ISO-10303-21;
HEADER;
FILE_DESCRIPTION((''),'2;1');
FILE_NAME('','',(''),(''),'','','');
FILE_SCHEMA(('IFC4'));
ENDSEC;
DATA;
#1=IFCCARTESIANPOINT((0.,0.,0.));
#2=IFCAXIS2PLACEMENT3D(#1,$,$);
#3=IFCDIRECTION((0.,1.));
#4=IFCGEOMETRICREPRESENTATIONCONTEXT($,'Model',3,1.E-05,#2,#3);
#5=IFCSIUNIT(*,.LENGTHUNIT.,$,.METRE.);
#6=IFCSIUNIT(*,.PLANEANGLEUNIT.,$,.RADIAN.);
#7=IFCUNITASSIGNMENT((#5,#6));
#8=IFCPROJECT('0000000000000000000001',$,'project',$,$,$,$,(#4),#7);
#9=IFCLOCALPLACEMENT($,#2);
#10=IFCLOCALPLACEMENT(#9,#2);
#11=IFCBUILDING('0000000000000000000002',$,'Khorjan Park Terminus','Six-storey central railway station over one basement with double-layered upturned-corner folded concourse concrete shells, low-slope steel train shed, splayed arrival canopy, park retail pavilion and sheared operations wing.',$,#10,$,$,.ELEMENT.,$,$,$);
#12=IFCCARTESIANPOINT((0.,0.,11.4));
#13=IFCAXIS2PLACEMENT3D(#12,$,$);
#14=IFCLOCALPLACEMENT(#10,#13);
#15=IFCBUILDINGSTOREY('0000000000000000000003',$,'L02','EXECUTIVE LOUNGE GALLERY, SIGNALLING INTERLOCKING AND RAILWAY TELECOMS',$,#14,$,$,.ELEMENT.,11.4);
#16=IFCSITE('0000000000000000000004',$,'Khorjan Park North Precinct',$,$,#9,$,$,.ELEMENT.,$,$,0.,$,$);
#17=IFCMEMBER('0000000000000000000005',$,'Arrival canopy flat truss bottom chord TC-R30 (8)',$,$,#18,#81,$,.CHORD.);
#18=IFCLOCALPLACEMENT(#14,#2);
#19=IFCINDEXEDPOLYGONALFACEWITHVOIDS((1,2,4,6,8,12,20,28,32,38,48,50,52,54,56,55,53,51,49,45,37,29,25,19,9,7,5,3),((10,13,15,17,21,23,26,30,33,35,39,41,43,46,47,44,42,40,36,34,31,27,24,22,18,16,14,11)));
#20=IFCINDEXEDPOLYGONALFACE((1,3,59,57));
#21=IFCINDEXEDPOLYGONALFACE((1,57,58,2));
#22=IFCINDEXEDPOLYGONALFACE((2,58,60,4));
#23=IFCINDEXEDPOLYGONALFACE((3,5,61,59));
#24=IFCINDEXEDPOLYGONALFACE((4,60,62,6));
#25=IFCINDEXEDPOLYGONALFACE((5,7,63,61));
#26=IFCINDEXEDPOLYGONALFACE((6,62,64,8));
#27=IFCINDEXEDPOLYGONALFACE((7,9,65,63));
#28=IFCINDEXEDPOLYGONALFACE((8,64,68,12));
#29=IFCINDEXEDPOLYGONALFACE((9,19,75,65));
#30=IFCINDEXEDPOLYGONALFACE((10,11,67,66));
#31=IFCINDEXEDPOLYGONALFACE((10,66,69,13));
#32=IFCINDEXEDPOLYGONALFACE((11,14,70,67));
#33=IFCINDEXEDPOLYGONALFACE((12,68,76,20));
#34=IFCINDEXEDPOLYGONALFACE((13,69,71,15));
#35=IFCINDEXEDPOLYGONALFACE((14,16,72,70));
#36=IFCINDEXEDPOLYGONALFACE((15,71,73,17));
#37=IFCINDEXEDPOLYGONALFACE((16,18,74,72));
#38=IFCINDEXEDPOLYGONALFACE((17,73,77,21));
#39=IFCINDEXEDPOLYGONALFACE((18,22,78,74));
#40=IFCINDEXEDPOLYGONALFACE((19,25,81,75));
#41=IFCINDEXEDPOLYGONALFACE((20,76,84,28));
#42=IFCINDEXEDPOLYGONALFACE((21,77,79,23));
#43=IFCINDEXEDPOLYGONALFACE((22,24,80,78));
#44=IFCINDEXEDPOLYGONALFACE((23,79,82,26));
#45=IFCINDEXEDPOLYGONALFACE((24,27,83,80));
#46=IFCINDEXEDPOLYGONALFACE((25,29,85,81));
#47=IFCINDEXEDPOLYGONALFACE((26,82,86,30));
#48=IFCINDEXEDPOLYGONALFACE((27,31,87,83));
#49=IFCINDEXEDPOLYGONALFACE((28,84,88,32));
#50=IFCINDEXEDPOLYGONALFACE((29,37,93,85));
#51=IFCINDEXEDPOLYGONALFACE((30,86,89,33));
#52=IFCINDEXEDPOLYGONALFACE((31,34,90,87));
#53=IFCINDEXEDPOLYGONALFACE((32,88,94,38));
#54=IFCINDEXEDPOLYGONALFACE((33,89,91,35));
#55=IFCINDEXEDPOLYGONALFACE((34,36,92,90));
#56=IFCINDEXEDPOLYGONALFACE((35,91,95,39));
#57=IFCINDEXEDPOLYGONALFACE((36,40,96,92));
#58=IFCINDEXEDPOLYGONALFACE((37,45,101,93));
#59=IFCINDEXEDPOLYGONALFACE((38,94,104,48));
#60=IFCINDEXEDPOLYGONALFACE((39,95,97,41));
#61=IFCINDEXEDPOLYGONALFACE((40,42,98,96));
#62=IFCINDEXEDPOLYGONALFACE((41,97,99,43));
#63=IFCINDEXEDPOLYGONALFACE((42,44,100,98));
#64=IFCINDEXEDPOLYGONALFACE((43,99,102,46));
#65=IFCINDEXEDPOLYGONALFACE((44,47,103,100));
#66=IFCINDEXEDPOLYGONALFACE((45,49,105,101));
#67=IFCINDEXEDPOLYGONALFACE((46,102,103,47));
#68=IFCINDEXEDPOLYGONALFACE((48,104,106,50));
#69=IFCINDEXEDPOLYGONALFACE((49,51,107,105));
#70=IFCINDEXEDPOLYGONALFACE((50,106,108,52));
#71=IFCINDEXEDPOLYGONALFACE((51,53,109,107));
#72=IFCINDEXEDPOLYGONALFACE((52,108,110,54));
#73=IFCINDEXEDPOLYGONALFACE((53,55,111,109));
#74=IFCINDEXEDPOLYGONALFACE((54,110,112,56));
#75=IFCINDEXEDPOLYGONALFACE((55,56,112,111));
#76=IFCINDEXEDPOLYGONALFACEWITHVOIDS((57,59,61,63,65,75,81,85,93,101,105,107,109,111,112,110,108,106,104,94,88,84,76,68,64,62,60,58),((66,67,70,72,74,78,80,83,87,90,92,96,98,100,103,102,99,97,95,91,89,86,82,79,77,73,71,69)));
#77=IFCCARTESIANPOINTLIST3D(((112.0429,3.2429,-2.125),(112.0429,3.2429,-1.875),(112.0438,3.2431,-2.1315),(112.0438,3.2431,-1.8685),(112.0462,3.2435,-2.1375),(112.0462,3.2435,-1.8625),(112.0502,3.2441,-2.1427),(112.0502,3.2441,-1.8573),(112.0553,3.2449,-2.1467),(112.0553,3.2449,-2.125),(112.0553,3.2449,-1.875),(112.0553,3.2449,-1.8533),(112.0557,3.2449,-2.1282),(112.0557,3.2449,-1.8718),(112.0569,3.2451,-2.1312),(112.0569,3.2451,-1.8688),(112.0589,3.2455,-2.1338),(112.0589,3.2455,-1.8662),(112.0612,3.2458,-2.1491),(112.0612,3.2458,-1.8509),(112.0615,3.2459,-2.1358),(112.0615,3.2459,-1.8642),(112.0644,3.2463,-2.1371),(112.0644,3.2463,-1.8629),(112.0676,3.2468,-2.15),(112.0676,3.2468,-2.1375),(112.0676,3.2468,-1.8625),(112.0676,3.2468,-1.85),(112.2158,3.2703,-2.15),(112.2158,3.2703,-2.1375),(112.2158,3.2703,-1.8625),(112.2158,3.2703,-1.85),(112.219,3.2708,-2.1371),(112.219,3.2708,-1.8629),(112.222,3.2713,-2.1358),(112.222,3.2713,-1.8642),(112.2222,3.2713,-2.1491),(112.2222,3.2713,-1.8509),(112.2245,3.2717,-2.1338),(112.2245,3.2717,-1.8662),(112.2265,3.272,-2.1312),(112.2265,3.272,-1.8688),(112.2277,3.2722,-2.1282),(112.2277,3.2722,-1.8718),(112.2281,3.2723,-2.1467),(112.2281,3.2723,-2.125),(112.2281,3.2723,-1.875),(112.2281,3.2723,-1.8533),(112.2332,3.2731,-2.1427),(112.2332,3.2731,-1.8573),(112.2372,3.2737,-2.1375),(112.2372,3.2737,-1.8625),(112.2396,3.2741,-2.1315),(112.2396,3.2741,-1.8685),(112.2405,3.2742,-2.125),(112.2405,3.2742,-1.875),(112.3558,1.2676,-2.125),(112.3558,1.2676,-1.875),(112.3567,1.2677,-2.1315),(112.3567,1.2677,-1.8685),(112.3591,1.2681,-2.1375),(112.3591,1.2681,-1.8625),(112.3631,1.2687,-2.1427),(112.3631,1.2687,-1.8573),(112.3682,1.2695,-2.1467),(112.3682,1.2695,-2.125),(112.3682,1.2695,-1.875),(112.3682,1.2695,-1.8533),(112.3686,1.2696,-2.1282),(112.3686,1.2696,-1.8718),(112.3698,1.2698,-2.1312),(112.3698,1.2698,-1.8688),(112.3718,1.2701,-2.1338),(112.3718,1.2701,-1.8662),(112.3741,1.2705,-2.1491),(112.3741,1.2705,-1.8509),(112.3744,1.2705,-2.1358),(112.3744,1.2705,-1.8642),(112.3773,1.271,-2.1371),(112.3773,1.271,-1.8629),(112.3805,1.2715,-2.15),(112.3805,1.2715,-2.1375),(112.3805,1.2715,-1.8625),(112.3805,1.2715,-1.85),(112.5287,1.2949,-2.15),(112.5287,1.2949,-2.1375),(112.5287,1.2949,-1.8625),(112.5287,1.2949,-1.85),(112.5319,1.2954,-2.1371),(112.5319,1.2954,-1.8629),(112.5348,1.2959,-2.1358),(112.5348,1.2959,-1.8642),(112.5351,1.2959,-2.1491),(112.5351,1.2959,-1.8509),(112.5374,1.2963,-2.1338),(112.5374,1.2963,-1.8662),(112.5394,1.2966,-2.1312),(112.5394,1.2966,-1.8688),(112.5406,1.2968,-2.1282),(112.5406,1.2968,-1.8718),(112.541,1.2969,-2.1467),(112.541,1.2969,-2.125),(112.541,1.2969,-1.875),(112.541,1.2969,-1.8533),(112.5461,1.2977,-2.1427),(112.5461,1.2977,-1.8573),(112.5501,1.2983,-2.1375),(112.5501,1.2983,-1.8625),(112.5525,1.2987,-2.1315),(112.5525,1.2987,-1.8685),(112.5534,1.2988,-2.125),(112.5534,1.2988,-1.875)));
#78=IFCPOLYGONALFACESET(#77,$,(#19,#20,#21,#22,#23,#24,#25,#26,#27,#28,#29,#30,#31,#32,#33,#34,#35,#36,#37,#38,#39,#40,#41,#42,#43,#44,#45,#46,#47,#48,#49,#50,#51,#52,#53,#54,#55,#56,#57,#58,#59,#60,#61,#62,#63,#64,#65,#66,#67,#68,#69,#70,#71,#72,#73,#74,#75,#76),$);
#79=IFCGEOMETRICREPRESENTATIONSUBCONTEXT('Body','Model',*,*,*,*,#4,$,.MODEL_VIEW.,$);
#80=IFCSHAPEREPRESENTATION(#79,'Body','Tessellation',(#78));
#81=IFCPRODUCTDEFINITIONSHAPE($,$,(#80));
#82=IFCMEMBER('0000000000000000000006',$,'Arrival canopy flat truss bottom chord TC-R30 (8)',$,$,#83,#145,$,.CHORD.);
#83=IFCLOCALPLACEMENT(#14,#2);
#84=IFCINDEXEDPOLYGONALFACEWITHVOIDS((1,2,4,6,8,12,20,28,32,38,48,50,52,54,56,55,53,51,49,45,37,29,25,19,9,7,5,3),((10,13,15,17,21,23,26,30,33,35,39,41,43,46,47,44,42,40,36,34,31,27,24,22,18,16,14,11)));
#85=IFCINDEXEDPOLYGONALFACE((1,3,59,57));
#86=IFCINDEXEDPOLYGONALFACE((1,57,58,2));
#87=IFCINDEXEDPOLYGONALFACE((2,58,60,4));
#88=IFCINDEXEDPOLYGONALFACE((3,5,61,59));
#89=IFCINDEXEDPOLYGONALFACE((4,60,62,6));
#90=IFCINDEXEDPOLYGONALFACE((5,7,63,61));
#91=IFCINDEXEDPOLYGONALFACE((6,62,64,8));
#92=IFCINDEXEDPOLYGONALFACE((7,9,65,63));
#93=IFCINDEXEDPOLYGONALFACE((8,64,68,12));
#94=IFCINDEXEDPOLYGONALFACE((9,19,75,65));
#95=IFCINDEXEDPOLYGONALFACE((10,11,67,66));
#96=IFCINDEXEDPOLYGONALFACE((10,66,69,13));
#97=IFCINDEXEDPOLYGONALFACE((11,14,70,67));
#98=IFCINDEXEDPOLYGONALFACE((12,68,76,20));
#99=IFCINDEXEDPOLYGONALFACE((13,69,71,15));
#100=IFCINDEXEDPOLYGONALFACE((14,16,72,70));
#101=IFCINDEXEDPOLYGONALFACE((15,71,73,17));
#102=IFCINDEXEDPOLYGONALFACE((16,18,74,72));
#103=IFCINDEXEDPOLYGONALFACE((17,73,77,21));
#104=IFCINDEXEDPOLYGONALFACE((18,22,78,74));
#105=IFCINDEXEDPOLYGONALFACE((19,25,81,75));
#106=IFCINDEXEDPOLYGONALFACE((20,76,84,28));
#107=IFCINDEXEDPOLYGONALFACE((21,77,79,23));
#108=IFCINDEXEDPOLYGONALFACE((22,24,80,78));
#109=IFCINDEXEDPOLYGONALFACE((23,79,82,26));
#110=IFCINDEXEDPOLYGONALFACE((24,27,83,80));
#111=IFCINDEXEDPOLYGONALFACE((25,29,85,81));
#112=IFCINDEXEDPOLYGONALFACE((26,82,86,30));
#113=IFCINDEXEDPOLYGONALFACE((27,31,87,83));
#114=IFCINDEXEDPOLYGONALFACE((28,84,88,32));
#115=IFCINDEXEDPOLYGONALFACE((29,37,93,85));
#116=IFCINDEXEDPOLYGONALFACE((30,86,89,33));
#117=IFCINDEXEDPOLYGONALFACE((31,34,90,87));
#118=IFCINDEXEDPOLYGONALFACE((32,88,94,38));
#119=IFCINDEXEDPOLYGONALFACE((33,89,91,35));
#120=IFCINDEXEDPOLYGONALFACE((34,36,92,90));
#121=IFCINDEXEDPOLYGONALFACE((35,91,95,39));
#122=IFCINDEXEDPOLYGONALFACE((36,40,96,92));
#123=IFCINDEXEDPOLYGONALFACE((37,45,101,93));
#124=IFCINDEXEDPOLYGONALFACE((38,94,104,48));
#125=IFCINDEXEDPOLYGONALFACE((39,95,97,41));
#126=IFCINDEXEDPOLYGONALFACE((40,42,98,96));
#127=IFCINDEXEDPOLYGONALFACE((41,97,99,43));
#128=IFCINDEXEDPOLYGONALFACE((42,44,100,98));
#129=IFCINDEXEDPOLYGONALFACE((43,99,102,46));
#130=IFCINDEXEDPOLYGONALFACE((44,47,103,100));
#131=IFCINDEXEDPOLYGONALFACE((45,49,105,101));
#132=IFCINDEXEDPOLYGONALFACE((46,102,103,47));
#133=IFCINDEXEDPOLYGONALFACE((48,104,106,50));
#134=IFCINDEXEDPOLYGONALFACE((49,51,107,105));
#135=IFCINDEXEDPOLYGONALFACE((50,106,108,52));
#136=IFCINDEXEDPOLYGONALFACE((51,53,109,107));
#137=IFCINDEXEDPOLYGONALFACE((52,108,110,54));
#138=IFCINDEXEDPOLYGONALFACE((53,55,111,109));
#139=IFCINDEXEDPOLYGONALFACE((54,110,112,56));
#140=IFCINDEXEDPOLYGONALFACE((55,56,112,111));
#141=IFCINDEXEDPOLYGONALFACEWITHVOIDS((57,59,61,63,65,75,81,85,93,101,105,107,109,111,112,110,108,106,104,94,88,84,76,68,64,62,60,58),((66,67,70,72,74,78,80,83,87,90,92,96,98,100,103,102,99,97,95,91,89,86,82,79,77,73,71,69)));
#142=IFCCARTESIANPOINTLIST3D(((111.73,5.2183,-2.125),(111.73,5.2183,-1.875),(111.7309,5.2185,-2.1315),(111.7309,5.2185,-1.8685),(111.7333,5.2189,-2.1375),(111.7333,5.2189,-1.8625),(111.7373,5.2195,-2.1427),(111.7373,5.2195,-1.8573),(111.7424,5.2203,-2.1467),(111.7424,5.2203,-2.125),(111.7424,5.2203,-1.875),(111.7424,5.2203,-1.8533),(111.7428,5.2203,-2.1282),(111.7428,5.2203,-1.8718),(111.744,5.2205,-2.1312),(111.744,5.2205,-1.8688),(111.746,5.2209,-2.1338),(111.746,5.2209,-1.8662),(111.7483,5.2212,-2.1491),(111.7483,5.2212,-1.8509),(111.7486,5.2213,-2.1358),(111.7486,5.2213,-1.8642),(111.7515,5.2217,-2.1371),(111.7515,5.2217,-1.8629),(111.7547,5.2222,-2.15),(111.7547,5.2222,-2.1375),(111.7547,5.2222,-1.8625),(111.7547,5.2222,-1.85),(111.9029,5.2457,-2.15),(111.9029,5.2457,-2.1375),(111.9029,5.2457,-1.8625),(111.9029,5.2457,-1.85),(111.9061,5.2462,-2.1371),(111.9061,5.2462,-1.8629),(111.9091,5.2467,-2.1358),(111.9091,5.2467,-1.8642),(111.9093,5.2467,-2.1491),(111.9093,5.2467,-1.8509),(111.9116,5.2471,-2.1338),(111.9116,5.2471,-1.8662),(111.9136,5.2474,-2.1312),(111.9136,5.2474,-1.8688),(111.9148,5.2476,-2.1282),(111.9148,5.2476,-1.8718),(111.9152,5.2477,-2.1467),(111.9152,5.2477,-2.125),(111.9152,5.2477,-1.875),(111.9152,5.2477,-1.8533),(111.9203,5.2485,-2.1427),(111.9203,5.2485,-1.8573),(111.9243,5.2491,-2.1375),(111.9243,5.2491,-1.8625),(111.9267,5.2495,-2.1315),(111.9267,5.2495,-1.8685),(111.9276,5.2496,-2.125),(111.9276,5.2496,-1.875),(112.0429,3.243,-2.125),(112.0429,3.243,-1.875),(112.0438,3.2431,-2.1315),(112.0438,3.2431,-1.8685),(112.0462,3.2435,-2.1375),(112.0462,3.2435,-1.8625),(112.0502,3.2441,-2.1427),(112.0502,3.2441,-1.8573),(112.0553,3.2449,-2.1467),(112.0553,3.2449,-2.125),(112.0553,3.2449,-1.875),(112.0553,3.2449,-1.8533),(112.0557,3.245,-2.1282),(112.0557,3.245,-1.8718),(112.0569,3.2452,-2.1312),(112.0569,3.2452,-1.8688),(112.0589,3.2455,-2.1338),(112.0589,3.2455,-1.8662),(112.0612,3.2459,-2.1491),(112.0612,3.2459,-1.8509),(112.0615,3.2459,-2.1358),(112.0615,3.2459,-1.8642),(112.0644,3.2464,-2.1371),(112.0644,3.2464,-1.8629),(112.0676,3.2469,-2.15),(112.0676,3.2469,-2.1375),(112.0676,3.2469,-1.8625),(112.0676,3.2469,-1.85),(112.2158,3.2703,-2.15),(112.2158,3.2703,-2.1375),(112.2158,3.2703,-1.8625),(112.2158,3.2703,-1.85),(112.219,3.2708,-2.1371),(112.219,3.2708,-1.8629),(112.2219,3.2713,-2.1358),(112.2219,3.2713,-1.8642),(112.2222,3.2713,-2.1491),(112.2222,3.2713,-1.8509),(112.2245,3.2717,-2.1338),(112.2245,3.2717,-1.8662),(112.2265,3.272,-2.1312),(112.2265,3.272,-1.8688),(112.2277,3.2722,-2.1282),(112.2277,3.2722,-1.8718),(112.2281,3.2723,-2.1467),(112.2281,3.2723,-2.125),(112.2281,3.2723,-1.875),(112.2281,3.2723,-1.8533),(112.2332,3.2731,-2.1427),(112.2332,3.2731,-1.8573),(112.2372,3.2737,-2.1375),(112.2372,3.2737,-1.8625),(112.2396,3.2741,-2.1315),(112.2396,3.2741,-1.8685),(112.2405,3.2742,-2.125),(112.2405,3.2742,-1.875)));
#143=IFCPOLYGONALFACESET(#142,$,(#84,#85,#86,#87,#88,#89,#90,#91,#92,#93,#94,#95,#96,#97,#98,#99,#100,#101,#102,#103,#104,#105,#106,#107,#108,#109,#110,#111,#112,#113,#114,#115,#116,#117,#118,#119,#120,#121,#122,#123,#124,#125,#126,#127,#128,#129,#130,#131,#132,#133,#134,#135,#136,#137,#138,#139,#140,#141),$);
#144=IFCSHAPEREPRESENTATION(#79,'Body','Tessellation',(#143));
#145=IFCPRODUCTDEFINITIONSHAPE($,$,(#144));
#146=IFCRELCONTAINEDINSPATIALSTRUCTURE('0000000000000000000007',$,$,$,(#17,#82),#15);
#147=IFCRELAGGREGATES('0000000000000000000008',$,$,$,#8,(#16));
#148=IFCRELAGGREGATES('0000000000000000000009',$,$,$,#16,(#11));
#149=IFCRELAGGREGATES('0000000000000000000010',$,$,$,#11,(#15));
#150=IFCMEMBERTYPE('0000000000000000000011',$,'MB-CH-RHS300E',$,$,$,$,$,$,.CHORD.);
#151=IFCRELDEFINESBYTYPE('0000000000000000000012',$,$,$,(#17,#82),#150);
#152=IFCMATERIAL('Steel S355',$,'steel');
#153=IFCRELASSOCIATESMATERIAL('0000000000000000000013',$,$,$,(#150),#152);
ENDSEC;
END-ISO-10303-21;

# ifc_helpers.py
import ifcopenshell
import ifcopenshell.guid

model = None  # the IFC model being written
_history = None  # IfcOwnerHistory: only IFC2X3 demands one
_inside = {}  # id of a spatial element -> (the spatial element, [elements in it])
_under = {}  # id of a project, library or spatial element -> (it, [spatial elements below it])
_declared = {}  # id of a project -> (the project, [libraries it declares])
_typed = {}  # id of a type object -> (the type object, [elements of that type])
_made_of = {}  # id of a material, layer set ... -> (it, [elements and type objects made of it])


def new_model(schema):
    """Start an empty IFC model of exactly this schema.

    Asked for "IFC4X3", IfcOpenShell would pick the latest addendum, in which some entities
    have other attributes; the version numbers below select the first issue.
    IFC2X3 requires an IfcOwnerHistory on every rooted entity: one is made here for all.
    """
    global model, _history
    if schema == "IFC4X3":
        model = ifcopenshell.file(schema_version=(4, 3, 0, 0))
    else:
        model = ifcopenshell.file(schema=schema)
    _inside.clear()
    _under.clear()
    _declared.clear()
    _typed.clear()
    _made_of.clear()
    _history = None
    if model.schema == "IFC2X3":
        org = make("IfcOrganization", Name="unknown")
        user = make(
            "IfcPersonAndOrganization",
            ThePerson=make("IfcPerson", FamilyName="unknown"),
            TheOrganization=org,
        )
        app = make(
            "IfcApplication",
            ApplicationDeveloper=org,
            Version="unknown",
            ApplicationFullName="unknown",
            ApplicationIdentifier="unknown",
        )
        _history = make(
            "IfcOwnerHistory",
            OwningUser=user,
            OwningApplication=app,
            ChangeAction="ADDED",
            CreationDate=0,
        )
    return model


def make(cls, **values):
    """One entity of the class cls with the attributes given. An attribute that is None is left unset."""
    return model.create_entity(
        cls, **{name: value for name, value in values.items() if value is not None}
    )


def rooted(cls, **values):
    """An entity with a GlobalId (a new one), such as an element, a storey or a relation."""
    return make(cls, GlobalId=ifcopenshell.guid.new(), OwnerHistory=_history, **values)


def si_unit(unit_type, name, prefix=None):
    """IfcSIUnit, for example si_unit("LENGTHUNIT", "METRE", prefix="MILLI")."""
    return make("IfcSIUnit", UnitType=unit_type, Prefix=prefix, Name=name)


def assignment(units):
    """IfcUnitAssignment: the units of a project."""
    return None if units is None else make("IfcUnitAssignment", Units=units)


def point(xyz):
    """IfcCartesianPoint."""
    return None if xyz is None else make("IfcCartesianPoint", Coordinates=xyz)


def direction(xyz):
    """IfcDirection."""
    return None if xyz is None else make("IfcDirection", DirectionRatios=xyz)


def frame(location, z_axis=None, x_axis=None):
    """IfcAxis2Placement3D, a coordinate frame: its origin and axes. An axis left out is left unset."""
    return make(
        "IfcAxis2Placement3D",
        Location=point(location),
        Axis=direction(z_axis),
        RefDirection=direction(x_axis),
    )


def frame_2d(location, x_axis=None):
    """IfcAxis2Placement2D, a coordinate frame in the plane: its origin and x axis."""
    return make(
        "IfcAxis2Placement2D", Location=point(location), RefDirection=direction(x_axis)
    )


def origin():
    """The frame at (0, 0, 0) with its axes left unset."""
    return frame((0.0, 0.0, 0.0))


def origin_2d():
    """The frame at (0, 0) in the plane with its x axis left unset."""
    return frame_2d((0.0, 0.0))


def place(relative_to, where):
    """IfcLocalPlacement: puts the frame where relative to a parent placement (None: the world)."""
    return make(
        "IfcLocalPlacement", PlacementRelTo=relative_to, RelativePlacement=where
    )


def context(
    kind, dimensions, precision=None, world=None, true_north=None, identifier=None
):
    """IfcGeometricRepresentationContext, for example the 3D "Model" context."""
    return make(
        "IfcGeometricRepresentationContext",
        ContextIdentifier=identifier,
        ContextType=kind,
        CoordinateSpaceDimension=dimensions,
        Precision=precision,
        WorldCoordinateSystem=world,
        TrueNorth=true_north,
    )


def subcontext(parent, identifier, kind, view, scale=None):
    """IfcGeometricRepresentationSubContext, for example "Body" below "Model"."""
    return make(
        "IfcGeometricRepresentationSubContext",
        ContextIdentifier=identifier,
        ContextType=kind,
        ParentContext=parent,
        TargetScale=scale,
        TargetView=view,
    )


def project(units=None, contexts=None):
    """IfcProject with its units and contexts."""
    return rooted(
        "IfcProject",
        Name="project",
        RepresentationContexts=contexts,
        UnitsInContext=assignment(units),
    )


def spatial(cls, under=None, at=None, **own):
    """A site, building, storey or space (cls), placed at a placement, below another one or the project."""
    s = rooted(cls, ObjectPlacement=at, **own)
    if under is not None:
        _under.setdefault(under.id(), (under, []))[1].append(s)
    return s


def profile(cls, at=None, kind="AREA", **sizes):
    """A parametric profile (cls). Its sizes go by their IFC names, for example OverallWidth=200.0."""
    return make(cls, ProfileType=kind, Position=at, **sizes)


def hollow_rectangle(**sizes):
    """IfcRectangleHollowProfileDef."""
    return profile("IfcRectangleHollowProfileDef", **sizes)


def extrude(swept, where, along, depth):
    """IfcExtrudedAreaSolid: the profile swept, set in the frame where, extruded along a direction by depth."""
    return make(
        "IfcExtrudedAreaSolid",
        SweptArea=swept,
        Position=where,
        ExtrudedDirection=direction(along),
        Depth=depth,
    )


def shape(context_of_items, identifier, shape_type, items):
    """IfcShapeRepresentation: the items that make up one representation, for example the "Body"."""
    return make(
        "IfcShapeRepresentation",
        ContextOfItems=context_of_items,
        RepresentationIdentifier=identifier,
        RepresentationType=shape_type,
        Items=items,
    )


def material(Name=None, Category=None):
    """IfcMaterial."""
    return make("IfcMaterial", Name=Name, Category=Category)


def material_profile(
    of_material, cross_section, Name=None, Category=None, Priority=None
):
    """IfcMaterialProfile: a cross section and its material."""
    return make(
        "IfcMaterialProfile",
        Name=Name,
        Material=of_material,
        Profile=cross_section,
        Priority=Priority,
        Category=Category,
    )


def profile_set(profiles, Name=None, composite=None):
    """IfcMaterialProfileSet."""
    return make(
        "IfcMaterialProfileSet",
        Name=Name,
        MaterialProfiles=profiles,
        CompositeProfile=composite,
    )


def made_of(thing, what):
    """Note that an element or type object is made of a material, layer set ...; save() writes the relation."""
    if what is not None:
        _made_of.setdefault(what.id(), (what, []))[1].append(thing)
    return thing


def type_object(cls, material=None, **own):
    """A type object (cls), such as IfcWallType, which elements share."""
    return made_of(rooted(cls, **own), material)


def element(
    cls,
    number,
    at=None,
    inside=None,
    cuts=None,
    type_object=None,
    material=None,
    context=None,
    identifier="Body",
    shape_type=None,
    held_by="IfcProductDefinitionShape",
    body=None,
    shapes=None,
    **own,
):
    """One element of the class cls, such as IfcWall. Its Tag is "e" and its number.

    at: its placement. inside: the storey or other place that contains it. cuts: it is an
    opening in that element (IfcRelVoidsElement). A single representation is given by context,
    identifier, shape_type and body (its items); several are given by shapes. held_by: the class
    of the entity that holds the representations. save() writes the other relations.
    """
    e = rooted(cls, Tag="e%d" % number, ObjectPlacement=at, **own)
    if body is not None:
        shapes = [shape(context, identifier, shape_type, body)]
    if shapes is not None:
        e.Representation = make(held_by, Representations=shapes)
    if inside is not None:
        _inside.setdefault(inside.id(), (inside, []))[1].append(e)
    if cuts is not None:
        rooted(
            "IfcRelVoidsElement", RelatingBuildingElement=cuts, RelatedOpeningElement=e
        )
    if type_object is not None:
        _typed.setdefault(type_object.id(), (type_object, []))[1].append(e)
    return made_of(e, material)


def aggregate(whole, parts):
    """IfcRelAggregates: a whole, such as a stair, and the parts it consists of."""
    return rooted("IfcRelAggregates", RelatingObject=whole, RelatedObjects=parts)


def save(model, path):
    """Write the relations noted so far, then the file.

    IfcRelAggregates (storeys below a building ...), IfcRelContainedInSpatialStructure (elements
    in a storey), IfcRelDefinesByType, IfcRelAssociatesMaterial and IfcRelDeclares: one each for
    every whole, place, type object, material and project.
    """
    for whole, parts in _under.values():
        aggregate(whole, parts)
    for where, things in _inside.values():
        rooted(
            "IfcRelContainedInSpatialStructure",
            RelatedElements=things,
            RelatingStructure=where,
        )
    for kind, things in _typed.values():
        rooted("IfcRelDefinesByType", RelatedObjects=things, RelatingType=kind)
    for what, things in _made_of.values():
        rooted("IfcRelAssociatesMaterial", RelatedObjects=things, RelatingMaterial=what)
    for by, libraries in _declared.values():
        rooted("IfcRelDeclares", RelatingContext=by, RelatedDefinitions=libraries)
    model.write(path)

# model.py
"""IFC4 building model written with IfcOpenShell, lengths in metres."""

from ifc_helpers import new_model, si_unit, direction, frame, origin, origin_2d, place, context, subcontext, project, spatial, hollow_rectangle, extrude, material, material_profile, profile_set, type_object, element, save


model = new_model("IFC4")

# Units and contexts
model_context = context("Model", 3, precision=1e-05, world=origin(), true_north=direction((0.0, 1.0)))
body_context = subcontext(model_context, "Body", "Model", "MODEL_VIEW")
ifc_project = project(units=[si_unit("LENGTHUNIT", "METRE"), si_unit("PLANEANGLEUNIT", "RADIAN")], contexts=[model_context])

# Site, building, storey
site_placement = place(None, origin())
site = spatial("IfcSite", under=ifc_project, at=site_placement, Name="Khorjan Park North Precinct", CompositionType="ELEMENT", RefElevation=0.0)
building_placement = place(site_placement, origin())
building = spatial("IfcBuilding", under=site, at=building_placement, Name="Khorjan Park Terminus", Description="Six-storey central railway station over one basement with double-layered upturned-corner folded concourse concrete shells, low-slope steel train shed, splayed arrival canopy, park retail pavilion and sheared operations wing.", CompositionType="ELEMENT")
storey_placement = place(building_placement, frame((0.0, 0.0, 11.4)))
storey = spatial("IfcBuildingStorey", under=building, at=storey_placement, Name="L02", Description="EXECUTIVE LOUNGE GALLERY, SIGNALLING INTERLOCKING AND RAILWAY TELECOMS", CompositionType="ELEMENT", Elevation=11.4)

# Members
ifc_material = material(Name="Steel S355", Category="steel")
ifc_material_profile_1 = material_profile(ifc_material, hollow_rectangle(XDim=0.2, YDim=0.3, WallThickness=0.0125, InnerFilletRadius=0.0125, OuterFilletRadius=0.025, at=origin_2d()), Name="RHS 300x200x12.5")
ifc_profile_set_1 = profile_set([ifc_material_profile_1], Name="Steel S355")
member_type_1 = type_object("IfcMemberType", Name="MB-CH-RHS300E", PredefinedType="CHORD", material=ifc_profile_set_1)
for number, where, z_axis, x_axis, name in (
    (1, (112.4546, 1.2832, -2.0), (-0.156448, 0.987686, 0.0), (-0.987686, -0.156448, 0.0), "Arrival canopy flat truss bottom chord TC-R30 (8)"),
    (2, (112.1417, 3.2586, -2.0), (-0.156448, 0.987686, 0.0), (-0.987686, -0.156448, 0.0), "Arrival canopy flat truss bottom chord TC-R30 (8)"),
):
    element("IfcMember", number, at=place(storey_placement, frame(where, z_axis=z_axis, x_axis=x_axis)), inside=storey, type_object=member_type_1, Name=name, PredefinedType="CHORD", context=body_context, shape_type="SweptSolid", body=[
        extrude(hollow_rectangle(XDim=0.2, YDim=0.3, WallThickness=0.0125, InnerFilletRadius=0.0125, OuterFilletRadius=0.025, at=origin_2d()), origin(), (0.0, 0.0, 1.0), 2.0),
    ])

save(model, "model.ifc")
